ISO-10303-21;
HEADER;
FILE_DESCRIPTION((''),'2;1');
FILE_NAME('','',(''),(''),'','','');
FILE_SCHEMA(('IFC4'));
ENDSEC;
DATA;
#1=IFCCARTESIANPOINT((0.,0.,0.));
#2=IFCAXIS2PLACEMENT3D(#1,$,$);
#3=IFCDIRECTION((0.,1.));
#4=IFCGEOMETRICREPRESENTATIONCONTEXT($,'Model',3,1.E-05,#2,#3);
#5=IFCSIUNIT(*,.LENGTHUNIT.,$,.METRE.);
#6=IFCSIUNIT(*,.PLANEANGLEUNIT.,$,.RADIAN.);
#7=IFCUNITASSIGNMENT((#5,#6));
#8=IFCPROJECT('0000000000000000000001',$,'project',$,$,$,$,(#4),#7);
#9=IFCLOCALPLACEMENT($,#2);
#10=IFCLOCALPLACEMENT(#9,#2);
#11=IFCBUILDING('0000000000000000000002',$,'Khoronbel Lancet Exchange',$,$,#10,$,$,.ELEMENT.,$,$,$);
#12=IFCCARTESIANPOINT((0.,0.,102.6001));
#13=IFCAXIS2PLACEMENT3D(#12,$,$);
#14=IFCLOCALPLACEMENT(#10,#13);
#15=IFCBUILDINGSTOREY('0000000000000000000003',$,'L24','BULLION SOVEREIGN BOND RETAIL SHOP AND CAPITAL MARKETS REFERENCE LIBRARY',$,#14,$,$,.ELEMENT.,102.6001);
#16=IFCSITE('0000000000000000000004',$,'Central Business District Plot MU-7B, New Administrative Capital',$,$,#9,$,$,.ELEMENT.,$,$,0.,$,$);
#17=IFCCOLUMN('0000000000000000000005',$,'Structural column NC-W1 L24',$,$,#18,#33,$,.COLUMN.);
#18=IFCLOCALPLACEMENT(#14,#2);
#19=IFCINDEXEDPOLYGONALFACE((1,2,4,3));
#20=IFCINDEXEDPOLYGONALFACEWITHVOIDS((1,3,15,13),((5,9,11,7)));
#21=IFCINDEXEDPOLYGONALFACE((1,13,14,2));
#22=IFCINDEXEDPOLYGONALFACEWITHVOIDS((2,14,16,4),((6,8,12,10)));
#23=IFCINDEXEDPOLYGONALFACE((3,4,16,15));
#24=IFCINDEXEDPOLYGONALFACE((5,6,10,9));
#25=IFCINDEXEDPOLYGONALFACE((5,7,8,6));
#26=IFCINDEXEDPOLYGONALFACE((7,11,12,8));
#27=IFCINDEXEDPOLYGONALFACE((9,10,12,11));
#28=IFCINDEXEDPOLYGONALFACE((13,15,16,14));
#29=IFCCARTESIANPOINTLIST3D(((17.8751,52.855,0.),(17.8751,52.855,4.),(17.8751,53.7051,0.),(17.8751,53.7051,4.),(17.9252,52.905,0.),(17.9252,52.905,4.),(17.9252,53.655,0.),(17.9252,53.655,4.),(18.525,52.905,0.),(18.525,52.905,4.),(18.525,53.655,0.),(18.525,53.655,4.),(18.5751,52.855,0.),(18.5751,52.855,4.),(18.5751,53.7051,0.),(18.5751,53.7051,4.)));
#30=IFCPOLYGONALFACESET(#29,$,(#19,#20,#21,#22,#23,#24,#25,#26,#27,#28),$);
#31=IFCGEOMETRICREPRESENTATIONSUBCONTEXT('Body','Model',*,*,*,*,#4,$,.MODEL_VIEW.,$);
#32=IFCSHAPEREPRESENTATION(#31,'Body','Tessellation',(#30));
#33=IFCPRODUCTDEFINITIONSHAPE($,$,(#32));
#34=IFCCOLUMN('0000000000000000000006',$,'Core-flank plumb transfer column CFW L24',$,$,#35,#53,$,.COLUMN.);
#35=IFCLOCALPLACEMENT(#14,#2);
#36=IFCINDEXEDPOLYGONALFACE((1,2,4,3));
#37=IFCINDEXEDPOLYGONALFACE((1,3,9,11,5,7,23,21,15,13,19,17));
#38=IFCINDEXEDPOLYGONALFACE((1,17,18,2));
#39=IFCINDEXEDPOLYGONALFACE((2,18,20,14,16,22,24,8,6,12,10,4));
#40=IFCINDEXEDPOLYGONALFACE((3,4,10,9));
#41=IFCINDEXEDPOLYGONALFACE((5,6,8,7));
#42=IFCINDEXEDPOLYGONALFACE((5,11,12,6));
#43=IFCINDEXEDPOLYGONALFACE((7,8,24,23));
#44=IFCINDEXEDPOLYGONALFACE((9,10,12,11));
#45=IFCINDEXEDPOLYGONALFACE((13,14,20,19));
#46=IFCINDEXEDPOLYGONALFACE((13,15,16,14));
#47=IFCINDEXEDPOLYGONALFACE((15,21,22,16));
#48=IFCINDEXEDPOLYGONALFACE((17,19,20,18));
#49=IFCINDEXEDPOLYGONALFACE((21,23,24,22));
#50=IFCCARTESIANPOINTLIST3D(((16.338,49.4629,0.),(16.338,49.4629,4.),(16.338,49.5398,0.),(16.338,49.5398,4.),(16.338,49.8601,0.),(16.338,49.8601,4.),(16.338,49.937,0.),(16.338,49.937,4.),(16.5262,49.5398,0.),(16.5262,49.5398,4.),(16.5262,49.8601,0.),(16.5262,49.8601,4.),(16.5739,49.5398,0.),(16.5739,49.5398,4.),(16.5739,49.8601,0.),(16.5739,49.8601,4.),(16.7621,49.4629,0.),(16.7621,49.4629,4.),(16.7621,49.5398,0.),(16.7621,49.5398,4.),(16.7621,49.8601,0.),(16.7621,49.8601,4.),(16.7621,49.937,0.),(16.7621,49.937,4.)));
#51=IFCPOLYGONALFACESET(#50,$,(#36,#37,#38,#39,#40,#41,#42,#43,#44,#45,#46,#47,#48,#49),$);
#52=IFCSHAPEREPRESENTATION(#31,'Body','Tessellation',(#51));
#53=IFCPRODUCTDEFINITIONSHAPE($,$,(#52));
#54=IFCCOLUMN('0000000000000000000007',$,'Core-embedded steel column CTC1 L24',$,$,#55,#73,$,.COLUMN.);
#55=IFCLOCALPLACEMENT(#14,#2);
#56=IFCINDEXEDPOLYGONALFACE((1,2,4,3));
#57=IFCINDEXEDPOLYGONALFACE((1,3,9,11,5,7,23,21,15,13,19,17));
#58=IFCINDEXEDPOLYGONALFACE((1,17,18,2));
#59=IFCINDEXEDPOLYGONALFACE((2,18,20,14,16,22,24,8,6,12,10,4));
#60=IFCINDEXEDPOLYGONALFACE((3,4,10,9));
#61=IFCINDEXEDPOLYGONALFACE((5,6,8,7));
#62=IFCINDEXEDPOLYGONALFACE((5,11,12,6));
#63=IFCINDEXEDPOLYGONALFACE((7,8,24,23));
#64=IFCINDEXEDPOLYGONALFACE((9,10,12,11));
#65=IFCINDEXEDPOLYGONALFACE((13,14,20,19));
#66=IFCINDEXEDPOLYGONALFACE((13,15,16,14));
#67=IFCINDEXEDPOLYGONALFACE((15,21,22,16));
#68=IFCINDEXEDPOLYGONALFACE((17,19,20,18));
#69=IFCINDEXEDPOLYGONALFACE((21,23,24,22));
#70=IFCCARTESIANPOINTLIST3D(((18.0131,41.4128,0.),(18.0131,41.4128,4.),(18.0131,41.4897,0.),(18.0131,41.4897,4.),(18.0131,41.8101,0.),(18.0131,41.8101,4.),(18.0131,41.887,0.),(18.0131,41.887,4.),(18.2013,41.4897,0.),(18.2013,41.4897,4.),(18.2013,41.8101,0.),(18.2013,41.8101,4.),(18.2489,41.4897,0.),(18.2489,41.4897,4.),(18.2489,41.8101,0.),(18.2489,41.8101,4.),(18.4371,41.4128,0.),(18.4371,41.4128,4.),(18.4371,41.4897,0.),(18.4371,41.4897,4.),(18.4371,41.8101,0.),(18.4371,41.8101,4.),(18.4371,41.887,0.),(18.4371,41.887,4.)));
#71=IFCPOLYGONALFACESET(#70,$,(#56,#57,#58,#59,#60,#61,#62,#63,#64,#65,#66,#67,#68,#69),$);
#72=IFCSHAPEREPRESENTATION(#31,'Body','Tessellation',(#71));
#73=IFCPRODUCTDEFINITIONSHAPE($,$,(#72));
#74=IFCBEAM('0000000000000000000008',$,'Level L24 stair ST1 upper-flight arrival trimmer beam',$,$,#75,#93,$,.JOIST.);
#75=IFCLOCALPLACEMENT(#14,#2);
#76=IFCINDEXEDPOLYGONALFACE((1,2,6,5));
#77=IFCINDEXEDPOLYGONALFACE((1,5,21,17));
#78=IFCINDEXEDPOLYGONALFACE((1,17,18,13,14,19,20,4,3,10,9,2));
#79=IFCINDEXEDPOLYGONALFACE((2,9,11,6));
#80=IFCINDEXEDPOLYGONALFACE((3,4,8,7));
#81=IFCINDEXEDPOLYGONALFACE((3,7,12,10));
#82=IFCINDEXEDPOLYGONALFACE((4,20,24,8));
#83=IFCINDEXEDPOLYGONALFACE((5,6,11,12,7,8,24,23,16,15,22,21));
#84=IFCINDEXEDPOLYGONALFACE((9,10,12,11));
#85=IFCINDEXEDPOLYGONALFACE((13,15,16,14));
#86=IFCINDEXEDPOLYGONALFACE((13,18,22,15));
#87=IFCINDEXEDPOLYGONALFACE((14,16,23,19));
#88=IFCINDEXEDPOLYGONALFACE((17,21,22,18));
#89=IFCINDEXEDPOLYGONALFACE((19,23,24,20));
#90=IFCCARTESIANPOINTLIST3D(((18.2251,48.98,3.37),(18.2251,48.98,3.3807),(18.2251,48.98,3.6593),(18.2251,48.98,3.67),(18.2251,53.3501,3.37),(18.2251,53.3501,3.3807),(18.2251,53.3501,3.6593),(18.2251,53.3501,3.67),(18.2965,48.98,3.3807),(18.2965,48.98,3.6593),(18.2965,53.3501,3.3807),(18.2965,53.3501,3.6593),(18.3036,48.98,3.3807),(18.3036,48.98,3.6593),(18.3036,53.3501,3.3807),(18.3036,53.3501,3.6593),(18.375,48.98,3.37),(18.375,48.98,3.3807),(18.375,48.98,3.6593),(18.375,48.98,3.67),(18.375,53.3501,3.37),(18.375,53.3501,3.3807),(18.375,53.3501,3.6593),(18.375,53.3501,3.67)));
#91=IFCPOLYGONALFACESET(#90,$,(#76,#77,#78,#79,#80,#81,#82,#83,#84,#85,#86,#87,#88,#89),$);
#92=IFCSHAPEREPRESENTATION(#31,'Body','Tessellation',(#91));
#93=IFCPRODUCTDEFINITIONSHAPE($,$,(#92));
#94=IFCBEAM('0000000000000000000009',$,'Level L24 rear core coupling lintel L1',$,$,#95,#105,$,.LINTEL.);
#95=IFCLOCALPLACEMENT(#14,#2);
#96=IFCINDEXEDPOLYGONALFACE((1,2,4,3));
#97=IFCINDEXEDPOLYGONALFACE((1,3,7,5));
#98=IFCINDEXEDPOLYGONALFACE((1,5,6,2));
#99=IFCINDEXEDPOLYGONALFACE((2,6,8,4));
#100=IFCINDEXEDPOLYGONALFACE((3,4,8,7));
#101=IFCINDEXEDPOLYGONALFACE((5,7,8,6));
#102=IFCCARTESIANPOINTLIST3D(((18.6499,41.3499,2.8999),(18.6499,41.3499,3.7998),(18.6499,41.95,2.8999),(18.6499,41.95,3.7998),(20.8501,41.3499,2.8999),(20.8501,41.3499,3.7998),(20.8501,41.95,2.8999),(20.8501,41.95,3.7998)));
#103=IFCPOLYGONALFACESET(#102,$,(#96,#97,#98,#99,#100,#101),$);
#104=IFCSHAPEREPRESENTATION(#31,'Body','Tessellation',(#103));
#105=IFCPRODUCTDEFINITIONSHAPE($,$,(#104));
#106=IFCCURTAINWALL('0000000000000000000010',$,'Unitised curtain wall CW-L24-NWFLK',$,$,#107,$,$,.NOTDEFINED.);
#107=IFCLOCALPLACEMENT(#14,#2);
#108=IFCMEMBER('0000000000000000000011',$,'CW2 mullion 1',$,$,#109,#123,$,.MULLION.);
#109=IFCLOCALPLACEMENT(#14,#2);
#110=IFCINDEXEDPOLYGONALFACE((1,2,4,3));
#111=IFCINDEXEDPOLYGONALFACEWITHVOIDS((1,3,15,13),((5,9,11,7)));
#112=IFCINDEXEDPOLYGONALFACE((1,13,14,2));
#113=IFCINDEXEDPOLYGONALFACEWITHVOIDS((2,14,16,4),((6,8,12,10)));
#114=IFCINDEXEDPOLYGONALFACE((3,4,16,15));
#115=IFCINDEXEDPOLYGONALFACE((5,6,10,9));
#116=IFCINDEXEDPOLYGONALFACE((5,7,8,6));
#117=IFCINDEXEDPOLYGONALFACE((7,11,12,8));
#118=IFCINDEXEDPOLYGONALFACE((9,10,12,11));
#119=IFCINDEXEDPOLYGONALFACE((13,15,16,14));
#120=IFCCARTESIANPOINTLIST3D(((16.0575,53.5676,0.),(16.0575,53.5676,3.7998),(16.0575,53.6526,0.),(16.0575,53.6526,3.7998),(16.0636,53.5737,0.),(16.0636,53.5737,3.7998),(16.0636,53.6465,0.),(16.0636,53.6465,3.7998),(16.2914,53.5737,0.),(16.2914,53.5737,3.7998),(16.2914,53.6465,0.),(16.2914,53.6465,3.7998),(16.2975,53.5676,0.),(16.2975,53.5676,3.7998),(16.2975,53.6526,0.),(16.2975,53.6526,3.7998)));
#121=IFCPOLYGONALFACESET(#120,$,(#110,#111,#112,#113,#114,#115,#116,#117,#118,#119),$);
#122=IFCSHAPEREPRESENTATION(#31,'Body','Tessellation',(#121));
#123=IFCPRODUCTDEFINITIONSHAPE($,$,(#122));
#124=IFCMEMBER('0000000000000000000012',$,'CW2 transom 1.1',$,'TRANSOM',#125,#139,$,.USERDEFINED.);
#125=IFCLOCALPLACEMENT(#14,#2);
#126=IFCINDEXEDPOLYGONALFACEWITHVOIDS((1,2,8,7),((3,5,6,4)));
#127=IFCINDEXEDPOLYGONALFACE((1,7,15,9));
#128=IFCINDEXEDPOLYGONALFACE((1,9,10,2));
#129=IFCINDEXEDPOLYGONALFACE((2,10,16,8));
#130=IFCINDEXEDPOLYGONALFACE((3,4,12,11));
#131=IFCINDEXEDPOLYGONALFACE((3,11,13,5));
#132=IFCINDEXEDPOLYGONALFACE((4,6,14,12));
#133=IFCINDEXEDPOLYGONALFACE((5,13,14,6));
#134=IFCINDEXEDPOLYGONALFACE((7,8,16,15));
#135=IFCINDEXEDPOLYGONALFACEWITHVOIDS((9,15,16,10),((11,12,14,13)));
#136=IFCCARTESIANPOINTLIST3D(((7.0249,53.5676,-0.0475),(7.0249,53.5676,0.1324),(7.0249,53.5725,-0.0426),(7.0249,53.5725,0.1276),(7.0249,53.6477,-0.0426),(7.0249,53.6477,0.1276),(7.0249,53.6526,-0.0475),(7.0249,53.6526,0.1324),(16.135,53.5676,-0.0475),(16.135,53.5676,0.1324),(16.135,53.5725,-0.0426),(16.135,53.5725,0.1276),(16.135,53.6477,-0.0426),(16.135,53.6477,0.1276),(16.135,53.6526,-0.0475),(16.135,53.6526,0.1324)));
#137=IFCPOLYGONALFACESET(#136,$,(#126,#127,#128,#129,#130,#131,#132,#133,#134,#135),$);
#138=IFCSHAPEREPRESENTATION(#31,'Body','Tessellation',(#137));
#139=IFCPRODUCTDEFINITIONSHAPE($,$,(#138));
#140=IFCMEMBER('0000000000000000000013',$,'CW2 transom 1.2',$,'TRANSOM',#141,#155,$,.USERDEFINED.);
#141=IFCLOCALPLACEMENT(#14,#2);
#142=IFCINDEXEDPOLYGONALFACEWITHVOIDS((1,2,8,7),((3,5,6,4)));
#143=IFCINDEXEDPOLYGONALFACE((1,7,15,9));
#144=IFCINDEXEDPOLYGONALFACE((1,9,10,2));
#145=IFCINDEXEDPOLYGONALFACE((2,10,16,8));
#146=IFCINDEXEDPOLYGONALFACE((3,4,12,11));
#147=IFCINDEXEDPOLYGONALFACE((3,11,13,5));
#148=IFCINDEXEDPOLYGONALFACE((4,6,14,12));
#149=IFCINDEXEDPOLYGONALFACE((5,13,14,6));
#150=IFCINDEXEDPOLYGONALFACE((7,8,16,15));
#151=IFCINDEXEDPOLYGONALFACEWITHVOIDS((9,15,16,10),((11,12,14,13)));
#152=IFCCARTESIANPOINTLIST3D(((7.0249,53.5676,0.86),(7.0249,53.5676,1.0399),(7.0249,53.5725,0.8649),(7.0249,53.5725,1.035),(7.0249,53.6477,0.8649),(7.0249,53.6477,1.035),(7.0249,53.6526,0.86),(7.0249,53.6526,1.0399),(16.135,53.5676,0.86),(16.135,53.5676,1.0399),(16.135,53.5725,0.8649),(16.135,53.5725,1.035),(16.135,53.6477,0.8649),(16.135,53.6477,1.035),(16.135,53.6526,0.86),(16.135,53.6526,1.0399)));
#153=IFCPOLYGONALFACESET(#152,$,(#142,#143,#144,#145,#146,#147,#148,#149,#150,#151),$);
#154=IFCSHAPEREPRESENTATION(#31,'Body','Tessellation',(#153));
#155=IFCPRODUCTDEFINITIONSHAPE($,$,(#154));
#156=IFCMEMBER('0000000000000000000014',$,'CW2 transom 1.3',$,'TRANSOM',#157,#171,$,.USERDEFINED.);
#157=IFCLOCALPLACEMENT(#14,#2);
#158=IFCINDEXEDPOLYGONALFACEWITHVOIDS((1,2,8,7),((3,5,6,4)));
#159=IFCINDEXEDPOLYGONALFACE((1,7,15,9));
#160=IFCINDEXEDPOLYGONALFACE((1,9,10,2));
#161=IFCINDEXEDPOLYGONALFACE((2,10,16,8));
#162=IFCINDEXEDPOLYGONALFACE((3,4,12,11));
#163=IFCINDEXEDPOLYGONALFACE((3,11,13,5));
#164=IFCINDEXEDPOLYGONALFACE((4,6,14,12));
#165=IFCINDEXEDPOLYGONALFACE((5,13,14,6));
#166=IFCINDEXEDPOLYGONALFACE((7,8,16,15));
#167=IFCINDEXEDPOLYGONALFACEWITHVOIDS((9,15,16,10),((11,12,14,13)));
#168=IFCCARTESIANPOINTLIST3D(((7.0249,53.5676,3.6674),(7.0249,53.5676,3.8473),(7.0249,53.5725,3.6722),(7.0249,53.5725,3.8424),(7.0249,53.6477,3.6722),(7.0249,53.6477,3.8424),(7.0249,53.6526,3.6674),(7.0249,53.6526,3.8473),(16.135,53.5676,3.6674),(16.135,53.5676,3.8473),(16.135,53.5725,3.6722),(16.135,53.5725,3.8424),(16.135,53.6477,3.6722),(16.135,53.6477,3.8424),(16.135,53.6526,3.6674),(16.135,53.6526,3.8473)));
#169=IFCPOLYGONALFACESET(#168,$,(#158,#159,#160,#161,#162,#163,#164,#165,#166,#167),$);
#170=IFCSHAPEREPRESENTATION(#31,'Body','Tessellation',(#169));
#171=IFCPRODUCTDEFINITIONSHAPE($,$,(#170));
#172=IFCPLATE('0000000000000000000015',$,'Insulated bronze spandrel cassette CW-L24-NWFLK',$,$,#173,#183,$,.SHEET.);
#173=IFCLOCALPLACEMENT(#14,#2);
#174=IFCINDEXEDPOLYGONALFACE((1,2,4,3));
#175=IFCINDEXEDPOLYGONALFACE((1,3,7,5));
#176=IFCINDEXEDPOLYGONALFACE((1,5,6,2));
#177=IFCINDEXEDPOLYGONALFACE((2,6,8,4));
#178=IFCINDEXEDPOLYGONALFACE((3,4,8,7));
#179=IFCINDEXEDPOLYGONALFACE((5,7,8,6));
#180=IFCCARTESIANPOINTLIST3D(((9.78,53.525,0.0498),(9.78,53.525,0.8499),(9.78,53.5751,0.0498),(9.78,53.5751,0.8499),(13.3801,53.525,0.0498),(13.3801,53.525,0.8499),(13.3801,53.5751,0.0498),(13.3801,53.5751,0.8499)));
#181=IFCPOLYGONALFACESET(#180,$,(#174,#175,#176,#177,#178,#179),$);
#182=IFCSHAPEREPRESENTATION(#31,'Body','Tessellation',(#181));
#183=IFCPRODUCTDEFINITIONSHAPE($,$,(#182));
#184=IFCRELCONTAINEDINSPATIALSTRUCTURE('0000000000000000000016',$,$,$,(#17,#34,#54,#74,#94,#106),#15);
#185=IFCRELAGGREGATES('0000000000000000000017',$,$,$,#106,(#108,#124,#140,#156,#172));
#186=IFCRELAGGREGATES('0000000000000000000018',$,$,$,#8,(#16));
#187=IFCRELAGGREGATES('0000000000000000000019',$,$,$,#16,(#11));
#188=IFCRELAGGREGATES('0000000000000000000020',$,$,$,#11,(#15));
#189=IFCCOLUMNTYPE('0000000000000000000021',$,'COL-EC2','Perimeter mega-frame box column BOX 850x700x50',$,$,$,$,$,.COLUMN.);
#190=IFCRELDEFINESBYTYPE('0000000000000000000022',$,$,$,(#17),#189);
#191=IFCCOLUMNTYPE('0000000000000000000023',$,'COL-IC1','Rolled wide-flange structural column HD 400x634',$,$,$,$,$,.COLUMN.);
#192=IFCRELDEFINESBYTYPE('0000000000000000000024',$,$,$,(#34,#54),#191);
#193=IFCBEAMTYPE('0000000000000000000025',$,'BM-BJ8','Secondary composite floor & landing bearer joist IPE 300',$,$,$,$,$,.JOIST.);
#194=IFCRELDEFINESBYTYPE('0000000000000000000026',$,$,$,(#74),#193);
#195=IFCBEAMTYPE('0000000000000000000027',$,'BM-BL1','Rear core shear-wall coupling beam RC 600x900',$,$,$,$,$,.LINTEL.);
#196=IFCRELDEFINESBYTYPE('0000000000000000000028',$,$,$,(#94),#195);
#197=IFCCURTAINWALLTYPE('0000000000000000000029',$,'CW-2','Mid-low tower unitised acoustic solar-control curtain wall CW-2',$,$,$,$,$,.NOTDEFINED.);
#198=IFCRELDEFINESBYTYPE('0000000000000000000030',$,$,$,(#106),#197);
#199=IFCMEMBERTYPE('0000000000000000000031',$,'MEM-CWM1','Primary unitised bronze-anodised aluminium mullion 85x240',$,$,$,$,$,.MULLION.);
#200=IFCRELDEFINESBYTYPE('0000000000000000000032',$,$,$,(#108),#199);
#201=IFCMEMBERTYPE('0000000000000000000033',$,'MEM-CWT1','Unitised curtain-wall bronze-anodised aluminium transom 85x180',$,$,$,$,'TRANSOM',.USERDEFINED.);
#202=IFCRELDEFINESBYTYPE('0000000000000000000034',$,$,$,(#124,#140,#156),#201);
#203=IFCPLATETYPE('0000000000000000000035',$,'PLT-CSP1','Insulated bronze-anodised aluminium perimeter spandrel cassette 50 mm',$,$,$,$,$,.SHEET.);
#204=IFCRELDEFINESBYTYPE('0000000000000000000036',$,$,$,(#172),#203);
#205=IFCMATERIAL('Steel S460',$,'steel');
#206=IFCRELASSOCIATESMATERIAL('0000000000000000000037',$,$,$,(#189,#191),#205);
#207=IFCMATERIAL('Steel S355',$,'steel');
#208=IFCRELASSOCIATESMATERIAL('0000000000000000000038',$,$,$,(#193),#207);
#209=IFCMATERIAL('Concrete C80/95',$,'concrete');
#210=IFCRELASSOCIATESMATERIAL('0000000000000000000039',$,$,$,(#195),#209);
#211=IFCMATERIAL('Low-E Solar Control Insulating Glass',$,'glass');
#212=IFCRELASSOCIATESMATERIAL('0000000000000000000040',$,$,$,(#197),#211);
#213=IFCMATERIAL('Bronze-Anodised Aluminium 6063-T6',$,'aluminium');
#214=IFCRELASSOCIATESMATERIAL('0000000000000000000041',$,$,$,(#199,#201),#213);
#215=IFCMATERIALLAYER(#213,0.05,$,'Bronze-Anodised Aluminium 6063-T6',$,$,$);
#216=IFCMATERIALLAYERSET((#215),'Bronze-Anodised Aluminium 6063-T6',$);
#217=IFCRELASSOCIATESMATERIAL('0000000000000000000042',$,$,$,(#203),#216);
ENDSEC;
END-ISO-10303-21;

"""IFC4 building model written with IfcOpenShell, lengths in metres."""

from ifc_helpers import new_model, si_unit, direction, frame, origin, origin_2d, place, context, subcontext, project, spatial, rectangle, hollow_rectangle, i_section, extrude, material, layer, layer_set, material_profile, profile_set, type_object, element, aggregate, save


model = new_model("IFC4")

# Units and contexts
model_context = context("Model", 3, precision=1e-05, world=origin(), true_north=direction((0.0, 1.0)))
body_context = subcontext(model_context, "Body", "Model", "MODEL_VIEW")
ifc_project = project(units=[si_unit("LENGTHUNIT", "METRE"), si_unit("PLANEANGLEUNIT", "RADIAN")], contexts=[model_context])

# Site, building, storey
site_placement = place(None, origin())
site = spatial("IfcSite", under=ifc_project, at=site_placement, Name="Central Business District Plot MU-7B, New Administrative Capital", CompositionType="ELEMENT", RefElevation=0.0)
building_placement = place(site_placement, origin())
building = spatial("IfcBuilding", under=site, at=building_placement, Name="Khoronbel Lancet Exchange", CompositionType="ELEMENT")
storey_placement = place(building_placement, frame((0.0, 0.0, 102.6001)))
storey = spatial("IfcBuildingStorey", under=building, at=storey_placement, Name="L24", Description="BULLION SOVEREIGN BOND RETAIL SHOP AND CAPITAL MARKETS REFERENCE LIBRARY", CompositionType="ELEMENT", Elevation=102.6001)

# Columns
ifc_material_1 = material(Name="Steel S460", Category="steel")
ifc_material_profile_1 = material_profile(ifc_material_1, hollow_rectangle(XDim=0.7, YDim=0.8501, WallThickness=0.05, at=origin_2d()), Name="BOX 850x700x50")
ifc_profile_set_1 = profile_set([ifc_material_profile_1], Name="Steel S460")
column_type_1 = type_object("IfcColumnType", Name="COL-EC2", Description="Perimeter mega-frame box column BOX 850x700x50", PredefinedType="COLUMN", material=ifc_profile_set_1)
column_placement = place(storey_placement, frame((18.2251, 53.28, 0.0), z_axis=(0.0, 0.0, 1.0), x_axis=(1.0, 0.0, 0.0)))
element("IfcColumn", 1, at=column_placement, inside=storey, type_object=column_type_1, Name="Structural column NC-W1 L24", PredefinedType="COLUMN", context=body_context, shape_type="SweptSolid", body=[
    extrude(hollow_rectangle(XDim=0.7, YDim=0.8501, WallThickness=0.05, at=origin_2d()), origin(), (0.0, 0.0, 1.0), 4.0),
])
ifc_material_profile_2 = material_profile(ifc_material_1, i_section(OverallWidth=0.4241, OverallDepth=0.4741, WebThickness=0.0476, FlangeThickness=0.0769, at=origin_2d()), Name="HD 400x634")
ifc_profile_set_2 = profile_set([ifc_material_profile_2], Name="Steel S460")
column_type_2 = type_object("IfcColumnType", Name="COL-IC1", Description="Rolled wide-flange structural column HD 400x634", PredefinedType="COLUMN", material=ifc_profile_set_2)
for number, where, z_axis, x_axis, name in (
    (2, (16.55, 49.7, 0.0), (0.0, 0.0, 1.0), (1.0, 0.0, 0.0), "Core-flank plumb transfer column CFW L24"),
    (3, (18.2251, 41.6499, 0.0), (0.0, 0.0, 1.0), (1.0, 0.0, 0.0), "Core-embedded steel column CTC1 L24"),
):
    element("IfcColumn", number, at=place(storey_placement, frame(where, z_axis=z_axis, x_axis=x_axis)), inside=storey, type_object=column_type_2, Name=name, PredefinedType="COLUMN", context=body_context, shape_type="SweptSolid", body=[
        extrude(i_section(OverallWidth=0.4241, OverallDepth=0.4741, WebThickness=0.0476, FlangeThickness=0.0769, at=origin_2d()), origin(), (0.0, 0.0, 1.0), 4.0),
    ])

# Beams
ifc_material_2 = material(Name="Steel S355", Category="steel")
ifc_material_profile_3 = material_profile(ifc_material_2, i_section(OverallWidth=0.1499, OverallDepth=0.3, WebThickness=0.0071, FlangeThickness=0.0107, at=origin_2d()), Name="IPE 300")
ifc_profile_set_3 = profile_set([ifc_material_profile_3], Name="Steel S355")
beam_type_1 = type_object("IfcBeamType", Name="BM-BJ8", Description="Secondary composite floor & landing bearer joist IPE 300", PredefinedType="JOIST", material=ifc_profile_set_3)
beam_1_placement = place(storey_placement, frame((18.3, 48.98, 3.52), z_axis=(0.0, 1.0, 0.0), x_axis=(-1.0, 0.0, 0.0)))
element("IfcBeam", 4, at=beam_1_placement, inside=storey, type_object=beam_type_1, Name="Level L24 stair ST1 upper-flight arrival trimmer beam", PredefinedType="JOIST", context=body_context, shape_type="SweptSolid", body=[
    extrude(i_section(OverallWidth=0.1499, OverallDepth=0.3, WebThickness=0.0071, FlangeThickness=0.0107, at=origin_2d()), origin(), (0.0, 0.0, 1.0), 4.3701),
])
ifc_material_3 = material(Name="Concrete C80/95", Category="concrete")
ifc_material_profile_4 = material_profile(ifc_material_3, rectangle(XDim=0.6001, YDim=0.8999, at=origin_2d()), Name="RC 600x900")
ifc_profile_set_4 = profile_set([ifc_material_profile_4], Name="Concrete C80/95")
beam_type_2 = type_object("IfcBeamType", Name="BM-BL1", Description="Rear core shear-wall coupling beam RC 600x900", PredefinedType="LINTEL", material=ifc_profile_set_4)
beam_2_placement = place(storey_placement, frame((18.6499, 41.6499, 3.3499), z_axis=(1.0, 0.0, 0.0), x_axis=(0.0, 1.0, 0.0)))
element("IfcBeam", 5, at=beam_2_placement, inside=storey, type_object=beam_type_2, Name="Level L24 rear core coupling lintel L1", PredefinedType="LINTEL", context=body_context, shape_type="SweptSolid", body=[
    extrude(rectangle(XDim=0.6001, YDim=0.8999, at=origin_2d()), origin(), (0.0, 0.0, 1.0), 2.2002),
])

# Curtain wall, members, plate
ifc_material_4 = material(Name="Low-E Solar Control Insulating Glass", Category="glass")
curtain_wall_type = type_object("IfcCurtainWallType", Name="CW-2", Description="Mid-low tower unitised acoustic solar-control curtain wall CW-2", PredefinedType="NOTDEFINED", material=ifc_material_4)
curtain_wall_placement = place(storey_placement, origin())
curtain_wall = element("IfcCurtainWall", 6, at=curtain_wall_placement, inside=storey, type_object=curtain_wall_type, Name="Unitised curtain wall CW-L24-NWFLK", PredefinedType="NOTDEFINED")
ifc_material_5 = material(Name="Bronze-Anodised Aluminium 6063-T6", Category="aluminium")
ifc_material_profile_5 = material_profile(ifc_material_5, hollow_rectangle(XDim=0.085, YDim=0.24, WallThickness=0.0061, at=origin_2d()), Name="ALU MULLION 85x240")
ifc_profile_set_5 = profile_set([ifc_material_profile_5], Name="Bronze-Anodised Aluminium 6063-T6")
member_type_1 = type_object("IfcMemberType", Name="MEM-CWM1", Description="Primary unitised bronze-anodised aluminium mullion 85x240", PredefinedType="MULLION", material=ifc_profile_set_5)
member_1_placement = place(storey_placement, frame((16.1775, 53.6101, 0.0), z_axis=(0.0, 0.0, 1.0), x_axis=(0.0, -1.0, 0.0)))
member_1 = element("IfcMember", 7, at=member_1_placement, type_object=member_type_1, Name="CW2 mullion 1", PredefinedType="MULLION", context=body_context, shape_type="SweptSolid", body=[
    extrude(hollow_rectangle(XDim=0.085, YDim=0.24, WallThickness=0.0061, at=origin_2d()), origin(), (0.0, 0.0, 1.0), 3.7998),
])
ifc_material_profile_6 = material_profile(ifc_material_5, hollow_rectangle(XDim=0.085, YDim=0.1799, WallThickness=0.0049, at=origin_2d()), Name="ALU TRANSOM 85x180")
ifc_profile_set_6 = profile_set([ifc_material_profile_6], Name="Bronze-Anodised Aluminium 6063-T6")
member_type_2 = type_object("IfcMemberType", Name="MEM-CWT1", Description="Unitised curtain-wall bronze-anodised aluminium transom 85x180", ElementType="TRANSOM", PredefinedType="USERDEFINED", material=ifc_profile_set_6)
member_2_placement = place(storey_placement, frame((16.135, 53.6101, 0.0425), z_axis=(-1.0, 0.0, 0.0), x_axis=(0.0, -1.0, 0.0)))
member_2 = element("IfcMember", 8, at=member_2_placement, type_object=member_type_2, Name="CW2 transom 1.1", ObjectType="TRANSOM", PredefinedType="USERDEFINED", context=body_context, shape_type="SweptSolid", body=[
    extrude(hollow_rectangle(XDim=0.085, YDim=0.1799, WallThickness=0.0049, at=origin_2d()), origin(), (0.0, 0.0, 1.0), 9.1101),
])
member_3_placement = place(storey_placement, frame((16.135, 53.6101, 0.95), z_axis=(-1.0, 0.0, 0.0), x_axis=(0.0, -1.0, 0.0)))
member_3 = element("IfcMember", 9, at=member_3_placement, type_object=member_type_2, Name="CW2 transom 1.2", ObjectType="TRANSOM", PredefinedType="USERDEFINED", context=body_context, shape_type="SweptSolid", body=[
    extrude(hollow_rectangle(XDim=0.085, YDim=0.1799, WallThickness=0.0049, at=origin_2d()), origin(), (0.0, 0.0, 1.0), 9.1101),
])
member_4_placement = place(storey_placement, frame((16.135, 53.6101, 3.7573), z_axis=(-1.0, 0.0, 0.0), x_axis=(0.0, -1.0, 0.0)))
member_4 = element("IfcMember", 10, at=member_4_placement, type_object=member_type_2, Name="CW2 transom 1.3", ObjectType="TRANSOM", PredefinedType="USERDEFINED", context=body_context, shape_type="SweptSolid", body=[
    extrude(hollow_rectangle(XDim=0.085, YDim=0.1799, WallThickness=0.0049, at=origin_2d()), origin(), (0.0, 0.0, 1.0), 9.1101),
])
ifc_layer_1 = layer(ifc_material_5, 0.05, Name="Bronze-Anodised Aluminium 6063-T6")
ifc_layer_set_1 = layer_set([ifc_layer_1], Name="Bronze-Anodised Aluminium 6063-T6")
plate_type_1 = type_object("IfcPlateType", Name="PLT-CSP1", Description="Insulated bronze-anodised aluminium perimeter spandrel cassette 50 mm", PredefinedType="SHEET", material=ifc_layer_set_1)
plate_1_placement = place(storey_placement, frame((11.5801, 53.55, 0.0498), z_axis=(0.0, 0.0, 1.0), x_axis=(-1.0, 0.0, 0.0)))
plate_1 = element("IfcPlate", 11, at=plate_1_placement, type_object=plate_type_1, Name="Insulated bronze spandrel cassette CW-L24-NWFLK", PredefinedType="SHEET", context=body_context, shape_type="SweptSolid", body=[
    extrude(rectangle(XDim=3.6001, YDim=0.05, at=origin_2d()), origin(), (0.0, 0.0, 1.0), 0.8),
])
aggregate(curtain_wall, [member_1, member_2, member_3, member_4, plate_1])

save(model, "model.ifc")
